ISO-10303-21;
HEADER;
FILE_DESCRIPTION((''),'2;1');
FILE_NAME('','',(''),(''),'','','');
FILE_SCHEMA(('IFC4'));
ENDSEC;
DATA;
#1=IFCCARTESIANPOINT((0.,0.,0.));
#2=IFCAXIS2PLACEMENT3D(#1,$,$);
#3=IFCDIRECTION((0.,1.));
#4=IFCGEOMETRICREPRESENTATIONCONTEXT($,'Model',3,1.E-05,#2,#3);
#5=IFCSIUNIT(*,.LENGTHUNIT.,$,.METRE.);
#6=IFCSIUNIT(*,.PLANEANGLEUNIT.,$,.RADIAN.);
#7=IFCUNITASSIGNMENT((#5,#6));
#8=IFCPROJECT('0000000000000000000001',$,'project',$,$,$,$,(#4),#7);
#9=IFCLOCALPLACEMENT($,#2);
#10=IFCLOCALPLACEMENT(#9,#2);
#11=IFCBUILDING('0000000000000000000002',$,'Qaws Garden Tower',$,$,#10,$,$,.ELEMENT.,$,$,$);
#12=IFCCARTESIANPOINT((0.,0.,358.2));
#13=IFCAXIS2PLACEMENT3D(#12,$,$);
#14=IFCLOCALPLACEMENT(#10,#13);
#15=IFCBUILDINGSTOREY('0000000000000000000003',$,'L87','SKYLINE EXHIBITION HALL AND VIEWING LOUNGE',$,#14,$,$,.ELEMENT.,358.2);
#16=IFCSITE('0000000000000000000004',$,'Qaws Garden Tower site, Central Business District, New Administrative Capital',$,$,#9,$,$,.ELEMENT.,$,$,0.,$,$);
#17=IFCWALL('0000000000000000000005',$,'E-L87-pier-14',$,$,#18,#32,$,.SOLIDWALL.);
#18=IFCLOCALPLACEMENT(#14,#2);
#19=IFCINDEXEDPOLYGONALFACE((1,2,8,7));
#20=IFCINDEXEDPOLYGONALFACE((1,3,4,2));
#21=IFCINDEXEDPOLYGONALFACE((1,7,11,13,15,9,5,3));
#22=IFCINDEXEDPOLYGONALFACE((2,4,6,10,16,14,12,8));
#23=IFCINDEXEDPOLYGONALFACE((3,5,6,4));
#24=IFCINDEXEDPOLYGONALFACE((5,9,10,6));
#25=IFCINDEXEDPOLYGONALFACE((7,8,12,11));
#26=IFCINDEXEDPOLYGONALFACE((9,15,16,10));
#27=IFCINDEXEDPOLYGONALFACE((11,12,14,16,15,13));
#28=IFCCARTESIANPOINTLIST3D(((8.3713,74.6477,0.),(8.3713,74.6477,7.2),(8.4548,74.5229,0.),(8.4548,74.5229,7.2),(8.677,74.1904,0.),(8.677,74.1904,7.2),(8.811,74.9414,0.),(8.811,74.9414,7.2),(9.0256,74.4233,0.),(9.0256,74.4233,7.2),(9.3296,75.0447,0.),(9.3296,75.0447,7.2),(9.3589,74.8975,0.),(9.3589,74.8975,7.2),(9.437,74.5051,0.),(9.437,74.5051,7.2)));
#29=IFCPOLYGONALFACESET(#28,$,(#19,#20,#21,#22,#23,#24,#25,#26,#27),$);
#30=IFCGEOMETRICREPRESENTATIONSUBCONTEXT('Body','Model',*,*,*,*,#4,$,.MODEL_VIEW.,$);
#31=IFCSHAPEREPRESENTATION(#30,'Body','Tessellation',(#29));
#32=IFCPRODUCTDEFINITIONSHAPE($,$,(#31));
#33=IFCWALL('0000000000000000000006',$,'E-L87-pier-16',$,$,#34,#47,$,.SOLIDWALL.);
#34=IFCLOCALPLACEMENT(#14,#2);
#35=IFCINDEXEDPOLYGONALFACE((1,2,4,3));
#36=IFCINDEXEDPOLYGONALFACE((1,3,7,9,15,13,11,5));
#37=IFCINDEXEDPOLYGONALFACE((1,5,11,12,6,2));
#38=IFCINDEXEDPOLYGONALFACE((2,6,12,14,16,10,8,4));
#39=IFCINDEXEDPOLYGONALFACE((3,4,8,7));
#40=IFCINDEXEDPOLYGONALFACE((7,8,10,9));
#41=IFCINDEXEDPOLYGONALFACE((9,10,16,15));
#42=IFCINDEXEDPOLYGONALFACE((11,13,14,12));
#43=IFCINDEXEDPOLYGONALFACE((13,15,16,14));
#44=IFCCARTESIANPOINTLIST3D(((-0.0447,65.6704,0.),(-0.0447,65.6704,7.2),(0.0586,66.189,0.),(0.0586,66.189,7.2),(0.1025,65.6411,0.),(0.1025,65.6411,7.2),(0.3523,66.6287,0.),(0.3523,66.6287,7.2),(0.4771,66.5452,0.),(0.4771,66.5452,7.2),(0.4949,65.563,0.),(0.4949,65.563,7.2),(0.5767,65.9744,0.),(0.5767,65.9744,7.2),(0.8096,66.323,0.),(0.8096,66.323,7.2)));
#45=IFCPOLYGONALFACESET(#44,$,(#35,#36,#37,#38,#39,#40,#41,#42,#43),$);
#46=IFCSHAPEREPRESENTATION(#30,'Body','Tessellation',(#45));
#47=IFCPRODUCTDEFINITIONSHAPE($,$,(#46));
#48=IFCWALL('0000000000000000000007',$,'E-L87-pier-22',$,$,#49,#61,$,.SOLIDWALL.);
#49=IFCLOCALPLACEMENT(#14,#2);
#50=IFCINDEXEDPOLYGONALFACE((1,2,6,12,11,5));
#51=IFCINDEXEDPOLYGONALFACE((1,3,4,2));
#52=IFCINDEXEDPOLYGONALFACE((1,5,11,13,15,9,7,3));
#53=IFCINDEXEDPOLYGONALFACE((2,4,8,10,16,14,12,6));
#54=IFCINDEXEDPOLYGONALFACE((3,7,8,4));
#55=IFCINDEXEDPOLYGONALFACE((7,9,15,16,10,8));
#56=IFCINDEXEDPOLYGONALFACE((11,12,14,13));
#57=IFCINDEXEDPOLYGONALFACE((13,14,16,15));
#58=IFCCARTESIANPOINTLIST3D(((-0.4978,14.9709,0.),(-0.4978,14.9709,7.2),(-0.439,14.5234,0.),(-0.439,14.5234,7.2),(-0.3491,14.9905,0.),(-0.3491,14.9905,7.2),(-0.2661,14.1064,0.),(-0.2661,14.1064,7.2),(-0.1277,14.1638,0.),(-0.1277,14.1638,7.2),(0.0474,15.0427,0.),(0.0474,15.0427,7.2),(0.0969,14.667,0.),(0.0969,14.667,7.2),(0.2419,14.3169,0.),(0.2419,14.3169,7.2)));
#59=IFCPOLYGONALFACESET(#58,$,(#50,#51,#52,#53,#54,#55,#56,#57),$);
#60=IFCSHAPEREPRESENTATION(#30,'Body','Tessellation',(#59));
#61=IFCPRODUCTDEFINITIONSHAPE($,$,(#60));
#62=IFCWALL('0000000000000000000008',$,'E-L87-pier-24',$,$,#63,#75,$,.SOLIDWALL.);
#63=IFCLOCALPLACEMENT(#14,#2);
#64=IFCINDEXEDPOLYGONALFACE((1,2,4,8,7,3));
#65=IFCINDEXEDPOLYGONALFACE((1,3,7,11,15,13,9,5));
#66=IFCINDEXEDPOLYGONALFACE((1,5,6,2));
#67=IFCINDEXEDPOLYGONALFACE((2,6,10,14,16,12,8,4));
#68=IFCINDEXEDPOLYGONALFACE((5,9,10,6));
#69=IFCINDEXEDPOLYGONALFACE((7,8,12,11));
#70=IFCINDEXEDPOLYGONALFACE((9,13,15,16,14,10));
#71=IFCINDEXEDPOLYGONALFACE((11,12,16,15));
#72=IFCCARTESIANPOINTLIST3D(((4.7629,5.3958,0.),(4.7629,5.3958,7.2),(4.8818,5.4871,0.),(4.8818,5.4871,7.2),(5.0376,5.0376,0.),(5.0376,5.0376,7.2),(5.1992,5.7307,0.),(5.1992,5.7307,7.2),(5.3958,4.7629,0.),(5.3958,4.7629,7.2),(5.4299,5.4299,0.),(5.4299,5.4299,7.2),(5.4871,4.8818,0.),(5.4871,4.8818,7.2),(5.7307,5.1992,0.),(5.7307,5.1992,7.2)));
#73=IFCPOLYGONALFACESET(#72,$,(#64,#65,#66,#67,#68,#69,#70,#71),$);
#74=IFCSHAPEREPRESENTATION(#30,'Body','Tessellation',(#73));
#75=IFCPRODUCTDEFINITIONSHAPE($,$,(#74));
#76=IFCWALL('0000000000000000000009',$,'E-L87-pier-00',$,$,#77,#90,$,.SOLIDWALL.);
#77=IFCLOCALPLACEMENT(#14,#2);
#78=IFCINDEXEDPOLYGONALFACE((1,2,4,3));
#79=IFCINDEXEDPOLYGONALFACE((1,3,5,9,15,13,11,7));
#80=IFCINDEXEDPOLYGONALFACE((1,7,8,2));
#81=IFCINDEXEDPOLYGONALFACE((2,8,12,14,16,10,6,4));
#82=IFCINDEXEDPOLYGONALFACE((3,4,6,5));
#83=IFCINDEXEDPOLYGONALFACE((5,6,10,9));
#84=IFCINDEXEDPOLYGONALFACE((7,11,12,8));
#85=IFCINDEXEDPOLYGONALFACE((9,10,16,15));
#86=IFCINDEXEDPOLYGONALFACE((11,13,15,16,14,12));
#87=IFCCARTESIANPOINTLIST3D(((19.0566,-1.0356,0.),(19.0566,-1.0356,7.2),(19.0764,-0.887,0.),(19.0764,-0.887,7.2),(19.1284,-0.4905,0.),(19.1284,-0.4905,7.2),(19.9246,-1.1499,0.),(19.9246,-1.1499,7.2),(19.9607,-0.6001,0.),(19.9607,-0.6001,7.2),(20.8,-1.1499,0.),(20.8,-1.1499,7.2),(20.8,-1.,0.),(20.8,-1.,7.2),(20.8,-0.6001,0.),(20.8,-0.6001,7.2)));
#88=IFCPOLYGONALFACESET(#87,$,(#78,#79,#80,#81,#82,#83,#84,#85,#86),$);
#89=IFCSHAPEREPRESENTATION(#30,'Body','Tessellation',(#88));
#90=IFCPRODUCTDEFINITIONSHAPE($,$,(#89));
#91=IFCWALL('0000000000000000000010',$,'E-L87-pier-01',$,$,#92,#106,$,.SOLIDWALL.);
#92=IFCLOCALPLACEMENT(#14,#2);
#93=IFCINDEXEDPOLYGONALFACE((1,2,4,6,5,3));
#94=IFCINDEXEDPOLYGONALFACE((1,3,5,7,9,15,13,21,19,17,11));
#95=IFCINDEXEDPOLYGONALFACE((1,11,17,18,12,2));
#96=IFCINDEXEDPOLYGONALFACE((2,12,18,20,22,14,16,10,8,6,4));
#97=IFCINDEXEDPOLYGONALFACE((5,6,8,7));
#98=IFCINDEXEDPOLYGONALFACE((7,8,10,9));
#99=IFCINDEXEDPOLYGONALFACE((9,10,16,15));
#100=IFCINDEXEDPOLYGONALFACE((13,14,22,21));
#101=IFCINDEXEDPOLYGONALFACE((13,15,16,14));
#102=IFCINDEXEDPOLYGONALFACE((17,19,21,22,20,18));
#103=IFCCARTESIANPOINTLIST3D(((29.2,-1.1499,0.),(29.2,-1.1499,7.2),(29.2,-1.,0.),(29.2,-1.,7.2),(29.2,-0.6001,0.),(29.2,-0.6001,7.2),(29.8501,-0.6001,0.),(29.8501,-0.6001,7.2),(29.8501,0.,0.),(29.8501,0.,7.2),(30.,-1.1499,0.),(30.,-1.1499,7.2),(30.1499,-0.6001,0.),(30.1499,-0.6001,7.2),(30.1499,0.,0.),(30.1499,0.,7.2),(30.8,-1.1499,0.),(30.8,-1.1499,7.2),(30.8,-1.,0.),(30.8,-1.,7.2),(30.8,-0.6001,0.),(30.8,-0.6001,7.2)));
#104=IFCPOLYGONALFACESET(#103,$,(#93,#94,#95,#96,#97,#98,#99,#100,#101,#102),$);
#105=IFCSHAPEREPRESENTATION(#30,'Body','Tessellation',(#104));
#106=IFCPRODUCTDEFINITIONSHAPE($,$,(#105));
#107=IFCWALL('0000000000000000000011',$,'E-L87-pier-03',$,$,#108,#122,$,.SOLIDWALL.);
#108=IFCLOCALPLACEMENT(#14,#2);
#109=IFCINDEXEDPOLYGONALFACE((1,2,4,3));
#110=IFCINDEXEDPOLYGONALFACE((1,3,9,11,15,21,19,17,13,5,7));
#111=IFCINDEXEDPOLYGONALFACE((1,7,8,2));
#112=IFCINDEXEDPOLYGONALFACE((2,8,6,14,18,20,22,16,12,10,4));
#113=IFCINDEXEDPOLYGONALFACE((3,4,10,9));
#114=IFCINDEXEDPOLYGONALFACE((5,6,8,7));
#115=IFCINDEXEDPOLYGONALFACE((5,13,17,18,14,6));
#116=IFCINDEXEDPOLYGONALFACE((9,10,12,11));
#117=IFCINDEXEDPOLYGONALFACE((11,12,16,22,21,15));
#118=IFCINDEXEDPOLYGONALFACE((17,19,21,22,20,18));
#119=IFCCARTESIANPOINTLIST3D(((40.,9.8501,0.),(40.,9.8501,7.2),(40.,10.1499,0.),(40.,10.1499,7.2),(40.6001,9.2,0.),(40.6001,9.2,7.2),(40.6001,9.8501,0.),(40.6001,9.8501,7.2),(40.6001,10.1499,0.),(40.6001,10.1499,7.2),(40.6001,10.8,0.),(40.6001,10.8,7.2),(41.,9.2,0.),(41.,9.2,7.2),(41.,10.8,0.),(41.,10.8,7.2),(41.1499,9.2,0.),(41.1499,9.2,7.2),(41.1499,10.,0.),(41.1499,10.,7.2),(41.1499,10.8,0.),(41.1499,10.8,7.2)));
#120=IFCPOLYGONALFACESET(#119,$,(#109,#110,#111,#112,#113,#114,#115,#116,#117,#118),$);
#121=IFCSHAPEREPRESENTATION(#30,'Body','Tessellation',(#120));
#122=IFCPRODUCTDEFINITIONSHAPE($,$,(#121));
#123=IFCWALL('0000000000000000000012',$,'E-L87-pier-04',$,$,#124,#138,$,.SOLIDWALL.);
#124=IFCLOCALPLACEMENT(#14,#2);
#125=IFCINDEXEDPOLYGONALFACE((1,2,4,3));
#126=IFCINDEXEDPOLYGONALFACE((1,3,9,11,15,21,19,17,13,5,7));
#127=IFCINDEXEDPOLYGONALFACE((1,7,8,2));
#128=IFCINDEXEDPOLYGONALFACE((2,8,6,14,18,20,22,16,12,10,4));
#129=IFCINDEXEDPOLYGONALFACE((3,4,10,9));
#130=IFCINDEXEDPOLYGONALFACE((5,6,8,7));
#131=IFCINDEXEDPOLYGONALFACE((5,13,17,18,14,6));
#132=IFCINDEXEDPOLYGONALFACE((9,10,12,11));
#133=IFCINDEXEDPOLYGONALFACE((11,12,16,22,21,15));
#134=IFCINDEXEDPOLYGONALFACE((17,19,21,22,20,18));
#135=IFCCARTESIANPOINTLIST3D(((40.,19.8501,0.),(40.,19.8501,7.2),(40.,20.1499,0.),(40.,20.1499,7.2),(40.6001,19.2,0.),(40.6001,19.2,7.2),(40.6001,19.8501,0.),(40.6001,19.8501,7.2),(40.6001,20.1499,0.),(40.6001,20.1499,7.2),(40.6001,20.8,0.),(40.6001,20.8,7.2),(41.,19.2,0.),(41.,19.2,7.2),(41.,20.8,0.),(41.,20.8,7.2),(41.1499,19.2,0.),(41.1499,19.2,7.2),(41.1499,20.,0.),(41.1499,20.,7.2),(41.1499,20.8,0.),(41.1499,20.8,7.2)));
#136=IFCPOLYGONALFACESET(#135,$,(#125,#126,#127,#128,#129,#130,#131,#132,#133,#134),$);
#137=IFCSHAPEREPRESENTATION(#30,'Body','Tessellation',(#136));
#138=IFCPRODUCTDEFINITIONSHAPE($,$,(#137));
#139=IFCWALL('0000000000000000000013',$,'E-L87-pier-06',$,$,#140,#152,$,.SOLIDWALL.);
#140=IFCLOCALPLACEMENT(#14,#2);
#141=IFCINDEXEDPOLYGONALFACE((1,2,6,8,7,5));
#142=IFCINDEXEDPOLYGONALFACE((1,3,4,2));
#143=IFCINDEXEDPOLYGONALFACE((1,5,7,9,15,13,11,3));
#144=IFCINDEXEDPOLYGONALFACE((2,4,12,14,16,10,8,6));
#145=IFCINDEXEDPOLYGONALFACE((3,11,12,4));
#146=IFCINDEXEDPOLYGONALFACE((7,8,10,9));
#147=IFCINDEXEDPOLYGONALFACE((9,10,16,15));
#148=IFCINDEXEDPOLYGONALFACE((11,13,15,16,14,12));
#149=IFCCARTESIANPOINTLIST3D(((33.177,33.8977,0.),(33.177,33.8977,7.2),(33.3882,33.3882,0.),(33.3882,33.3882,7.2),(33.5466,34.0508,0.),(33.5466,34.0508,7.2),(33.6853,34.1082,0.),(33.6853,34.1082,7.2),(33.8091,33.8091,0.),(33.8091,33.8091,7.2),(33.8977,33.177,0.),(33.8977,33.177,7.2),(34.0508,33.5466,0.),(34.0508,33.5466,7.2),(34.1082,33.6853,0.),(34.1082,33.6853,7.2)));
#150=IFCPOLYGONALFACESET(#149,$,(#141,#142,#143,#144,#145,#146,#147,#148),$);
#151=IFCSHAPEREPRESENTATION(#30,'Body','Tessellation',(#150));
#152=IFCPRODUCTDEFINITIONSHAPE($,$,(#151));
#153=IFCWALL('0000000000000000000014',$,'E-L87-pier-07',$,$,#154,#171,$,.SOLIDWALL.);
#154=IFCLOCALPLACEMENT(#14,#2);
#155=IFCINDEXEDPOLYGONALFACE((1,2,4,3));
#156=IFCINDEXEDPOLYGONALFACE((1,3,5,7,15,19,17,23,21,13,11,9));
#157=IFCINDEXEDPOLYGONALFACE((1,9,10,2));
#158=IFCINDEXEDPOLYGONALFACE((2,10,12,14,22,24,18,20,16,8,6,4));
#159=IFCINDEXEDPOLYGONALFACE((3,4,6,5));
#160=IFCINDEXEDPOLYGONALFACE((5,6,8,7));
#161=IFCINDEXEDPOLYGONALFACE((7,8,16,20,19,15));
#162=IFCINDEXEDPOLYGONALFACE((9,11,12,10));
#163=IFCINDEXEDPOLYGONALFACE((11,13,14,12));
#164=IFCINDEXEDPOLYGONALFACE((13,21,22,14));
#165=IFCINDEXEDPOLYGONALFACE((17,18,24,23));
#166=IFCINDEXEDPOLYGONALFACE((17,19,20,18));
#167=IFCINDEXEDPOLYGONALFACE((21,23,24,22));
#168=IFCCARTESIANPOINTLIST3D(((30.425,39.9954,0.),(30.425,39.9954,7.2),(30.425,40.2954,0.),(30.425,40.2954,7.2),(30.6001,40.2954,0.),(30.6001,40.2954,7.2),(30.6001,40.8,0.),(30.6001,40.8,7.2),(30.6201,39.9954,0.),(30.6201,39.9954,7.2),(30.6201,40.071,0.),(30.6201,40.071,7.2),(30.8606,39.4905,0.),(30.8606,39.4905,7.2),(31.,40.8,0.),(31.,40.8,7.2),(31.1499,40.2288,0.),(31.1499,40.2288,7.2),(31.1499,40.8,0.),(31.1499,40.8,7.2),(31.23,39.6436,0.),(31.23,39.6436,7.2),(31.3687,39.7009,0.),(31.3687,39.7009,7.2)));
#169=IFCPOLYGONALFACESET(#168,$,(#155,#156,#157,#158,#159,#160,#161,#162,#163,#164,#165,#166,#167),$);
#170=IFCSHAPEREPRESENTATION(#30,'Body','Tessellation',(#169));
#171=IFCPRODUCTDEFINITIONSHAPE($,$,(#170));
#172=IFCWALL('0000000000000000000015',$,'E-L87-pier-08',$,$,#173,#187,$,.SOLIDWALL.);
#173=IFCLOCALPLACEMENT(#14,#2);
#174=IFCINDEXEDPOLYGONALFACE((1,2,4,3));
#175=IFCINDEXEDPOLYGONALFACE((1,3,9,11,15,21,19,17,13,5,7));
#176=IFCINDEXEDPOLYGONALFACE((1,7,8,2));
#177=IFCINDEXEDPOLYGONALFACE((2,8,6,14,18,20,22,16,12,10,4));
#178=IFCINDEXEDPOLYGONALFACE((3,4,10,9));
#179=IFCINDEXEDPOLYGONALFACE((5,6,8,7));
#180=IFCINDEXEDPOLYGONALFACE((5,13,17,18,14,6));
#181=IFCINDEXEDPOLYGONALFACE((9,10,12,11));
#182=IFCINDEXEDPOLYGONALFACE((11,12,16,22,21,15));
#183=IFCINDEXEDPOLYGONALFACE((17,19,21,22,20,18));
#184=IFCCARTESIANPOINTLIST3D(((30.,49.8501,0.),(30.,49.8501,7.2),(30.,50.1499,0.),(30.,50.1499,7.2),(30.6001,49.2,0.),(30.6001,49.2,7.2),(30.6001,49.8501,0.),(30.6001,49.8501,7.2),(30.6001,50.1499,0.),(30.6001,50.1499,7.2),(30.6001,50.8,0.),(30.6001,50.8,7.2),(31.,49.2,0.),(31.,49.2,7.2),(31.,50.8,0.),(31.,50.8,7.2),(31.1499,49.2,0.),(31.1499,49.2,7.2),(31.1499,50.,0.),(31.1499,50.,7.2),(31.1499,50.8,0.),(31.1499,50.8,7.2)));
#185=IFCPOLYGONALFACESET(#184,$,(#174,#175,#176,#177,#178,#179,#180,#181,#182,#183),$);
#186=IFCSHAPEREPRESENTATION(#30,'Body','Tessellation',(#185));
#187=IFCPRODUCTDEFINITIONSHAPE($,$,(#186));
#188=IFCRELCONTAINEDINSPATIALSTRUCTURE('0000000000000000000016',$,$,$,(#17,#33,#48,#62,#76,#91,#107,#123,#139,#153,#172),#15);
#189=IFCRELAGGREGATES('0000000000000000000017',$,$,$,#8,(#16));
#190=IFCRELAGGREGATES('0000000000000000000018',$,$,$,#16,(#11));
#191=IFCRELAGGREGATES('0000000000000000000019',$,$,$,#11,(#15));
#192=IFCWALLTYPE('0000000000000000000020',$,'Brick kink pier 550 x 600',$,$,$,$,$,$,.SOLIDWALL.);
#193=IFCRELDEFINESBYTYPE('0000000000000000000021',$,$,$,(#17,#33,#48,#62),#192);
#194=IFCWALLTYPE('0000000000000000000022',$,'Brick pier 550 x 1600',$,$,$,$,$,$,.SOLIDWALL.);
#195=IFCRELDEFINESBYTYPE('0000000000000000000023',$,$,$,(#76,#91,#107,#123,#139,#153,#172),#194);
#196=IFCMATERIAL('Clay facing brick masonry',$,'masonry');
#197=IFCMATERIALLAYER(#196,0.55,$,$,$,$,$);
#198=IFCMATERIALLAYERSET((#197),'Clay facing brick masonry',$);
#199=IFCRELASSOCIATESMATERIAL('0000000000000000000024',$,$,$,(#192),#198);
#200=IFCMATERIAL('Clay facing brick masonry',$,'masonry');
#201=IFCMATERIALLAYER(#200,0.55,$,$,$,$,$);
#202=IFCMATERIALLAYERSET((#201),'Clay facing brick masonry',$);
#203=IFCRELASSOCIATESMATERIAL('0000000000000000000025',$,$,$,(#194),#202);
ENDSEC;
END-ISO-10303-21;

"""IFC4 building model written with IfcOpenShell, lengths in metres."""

from ifc_helpers import new_model, si_unit, direction, frame, origin, place, context, subcontext, project, spatial, polyline, outline, extrude, material, layer, layer_set, type_object, element, save


model = new_model("IFC4")

# Units and contexts
model_context = context("Model", 3, precision=1e-05, world=origin(), true_north=direction((0.0, 1.0)))
body_context = subcontext(model_context, "Body", "Model", "MODEL_VIEW")
ifc_project = project(units=[si_unit("LENGTHUNIT", "METRE"), si_unit("PLANEANGLEUNIT", "RADIAN")], contexts=[model_context])

# Site, building, storey
site_placement = place(None, origin())
site = spatial("IfcSite", under=ifc_project, at=site_placement, Name="Qaws Garden Tower site, Central Business District, New Administrative Capital", CompositionType="ELEMENT", RefElevation=0.0)
building_placement = place(site_placement, origin())
building = spatial("IfcBuilding", under=site, at=building_placement, Name="Qaws Garden Tower", CompositionType="ELEMENT")
storey_placement = place(building_placement, frame((0.0, 0.0, 358.2)))
storey = spatial("IfcBuildingStorey", under=building, at=storey_placement, Name="L87", Description="SKYLINE EXHIBITION HALL AND VIEWING LOUNGE", CompositionType="ELEMENT", Elevation=358.2)

# Walls
placement = place(storey_placement, origin())
ifc_material_1 = material(Name="Clay facing brick masonry", Category="masonry")
ifc_layer_1 = layer(ifc_material_1, 0.55)
ifc_layer_set_1 = layer_set([ifc_layer_1], Name="Clay facing brick masonry")
wall_type_1 = type_object("IfcWallType", Name="Brick kink pier 550 x 600", PredefinedType="SOLIDWALL", material=ifc_layer_set_1)
element("IfcWall", 1, at=placement, inside=storey, type_object=wall_type_1, Name="E-L87-pier-14", PredefinedType="SOLIDWALL", context=body_context, shape_type="SweptSolid", body=[
    extrude(outline(polyline([(9.3589, 74.8975), (9.3296, 75.0447), (8.811, 74.9414), (8.3713, 74.6477), (8.4548, 74.5229), (8.677, 74.1904), (9.0256, 74.4233), (9.437, 74.5051), (9.3589, 74.8975)])), origin(), (0.0, 0.0, 1.0), 7.2),
])
element("IfcWall", 2, at=placement, inside=storey, type_object=wall_type_1, Name="E-L87-pier-16", PredefinedType="SOLIDWALL", context=body_context, shape_type="SweptSolid", body=[
    extrude(outline(polyline([(0.4771, 66.5452), (0.3523, 66.6287), (0.0586, 66.189), (-0.0447, 65.6704), (0.1025, 65.6411), (0.4949, 65.563), (0.5767, 65.9744), (0.8096, 66.323), (0.4771, 66.5452)])), origin(), (0.0, 0.0, 1.0), 7.2),
])
element("IfcWall", 3, at=placement, inside=storey, type_object=wall_type_1, Name="E-L87-pier-22", PredefinedType="SOLIDWALL", context=body_context, shape_type="SweptSolid", body=[
    extrude(outline(polyline([(-0.3491, 14.9905), (-0.4978, 14.9709), (-0.439, 14.5234), (-0.2661, 14.1064), (-0.1277, 14.1638), (0.2419, 14.3169), (0.0969, 14.667), (0.0474, 15.0427), (-0.3491, 14.9905)])), origin(), (0.0, 0.0, 1.0), 7.2),
])
element("IfcWall", 4, at=placement, inside=storey, type_object=wall_type_1, Name="E-L87-pier-24", PredefinedType="SOLIDWALL", context=body_context, shape_type="SweptSolid", body=[
    extrude(outline(polyline([(4.8818, 5.4871), (4.7629, 5.3958), (5.0376, 5.0376), (5.3958, 4.7629), (5.4871, 4.8818), (5.7307, 5.1992), (5.4299, 5.4299), (5.1992, 5.7307), (4.8818, 5.4871)])), origin(), (0.0, 0.0, 1.0), 7.2),
])
ifc_material_2 = material(Name="Clay facing brick masonry", Category="masonry")
ifc_layer_2 = layer(ifc_material_2, 0.55)
ifc_layer_set_2 = layer_set([ifc_layer_2], Name="Clay facing brick masonry")
wall_type_2 = type_object("IfcWallType", Name="Brick pier 550 x 1600", PredefinedType="SOLIDWALL", material=ifc_layer_set_2)
element("IfcWall", 5, at=placement, inside=storey, type_object=wall_type_2, Name="E-L87-pier-00", PredefinedType="SOLIDWALL", context=body_context, shape_type="SweptSolid", body=[
    extrude(outline(polyline([(19.0764, -0.887), (19.0566, -1.0356), (19.9246, -1.1499), (20.8, -1.1499), (20.8, -1.0), (20.8, -0.6001), (19.9607, -0.6001), (19.1284, -0.4905), (19.0764, -0.887)])), origin(), (0.0, 0.0, 1.0), 7.2),
])
element("IfcWall", 6, at=placement, inside=storey, type_object=wall_type_2, Name="E-L87-pier-01", PredefinedType="SOLIDWALL", context=body_context, shape_type="SweptSolid", body=[
    extrude(outline(polyline([(30.8, -0.6001), (30.1499, -0.6001), (30.1499, 0.0), (29.8501, 0.0), (29.8501, -0.6001), (29.2, -0.6001), (29.2, -1.0), (29.2, -1.1499), (30.0, -1.1499), (30.8, -1.1499), (30.8, -1.0), (30.8, -0.6001)])), origin(), (0.0, 0.0, 1.0), 7.2),
])
element("IfcWall", 7, at=placement, inside=storey, type_object=wall_type_2, Name="E-L87-pier-03", PredefinedType="SOLIDWALL", context=body_context, shape_type="SweptSolid", body=[
    extrude(outline(polyline([(40.0, 9.8501), (40.6001, 9.8501), (40.6001, 9.2), (41.0, 9.2), (41.1499, 9.2), (41.1499, 10.0), (41.1499, 10.8), (41.0, 10.8), (40.6001, 10.8), (40.6001, 10.1499), (40.0, 10.1499), (40.0, 9.8501)])), origin(), (0.0, 0.0, 1.0), 7.2),
])
element("IfcWall", 8, at=placement, inside=storey, type_object=wall_type_2, Name="E-L87-pier-04", PredefinedType="SOLIDWALL", context=body_context, shape_type="SweptSolid", body=[
    extrude(outline(polyline([(40.0, 19.8501), (40.6001, 19.8501), (40.6001, 19.2), (41.0, 19.2), (41.1499, 19.2), (41.1499, 20.0), (41.1499, 20.8), (41.0, 20.8), (40.6001, 20.8), (40.6001, 20.1499), (40.0, 20.1499), (40.0, 19.8501)])), origin(), (0.0, 0.0, 1.0), 7.2),
])
element("IfcWall", 9, at=placement, inside=storey, type_object=wall_type_2, Name="E-L87-pier-06", PredefinedType="SOLIDWALL", context=body_context, shape_type="SweptSolid", body=[
    extrude(outline(polyline([(34.0508, 33.5466), (34.1082, 33.6853), (33.8091, 33.8091), (33.6853, 34.1082), (33.5466, 34.0508), (33.177, 33.8977), (33.3882, 33.3882), (33.8977, 33.177), (34.0508, 33.5466)])), origin(), (0.0, 0.0, 1.0), 7.2),
])
element("IfcWall", 10, at=placement, inside=storey, type_object=wall_type_2, Name="E-L87-pier-07", PredefinedType="SOLIDWALL", context=body_context, shape_type="SweptSolid", body=[
    extrude(outline(polyline([(30.6201, 39.9954), (30.6201, 40.071), (30.8606, 39.4905), (31.23, 39.6436), (31.3687, 39.7009), (31.1499, 40.2288), (31.1499, 40.8), (31.0, 40.8), (30.6001, 40.8), (30.6001, 40.2954), (30.425, 40.2954), (30.425, 39.9954), (30.6201, 39.9954)])), origin(), (0.0, 0.0, 1.0), 7.2),
])
element("IfcWall", 11, at=placement, inside=storey, type_object=wall_type_2, Name="E-L87-pier-08", PredefinedType="SOLIDWALL", context=body_context, shape_type="SweptSolid", body=[
    extrude(outline(polyline([(30.0, 49.8501), (30.6001, 49.8501), (30.6001, 49.2), (31.0, 49.2), (31.1499, 49.2), (31.1499, 50.0), (31.1499, 50.8), (31.0, 50.8), (30.6001, 50.8), (30.6001, 50.1499), (30.0, 50.1499), (30.0, 49.8501)])), origin(), (0.0, 0.0, 1.0), 7.2),
])

save(model, "model.ifc")
